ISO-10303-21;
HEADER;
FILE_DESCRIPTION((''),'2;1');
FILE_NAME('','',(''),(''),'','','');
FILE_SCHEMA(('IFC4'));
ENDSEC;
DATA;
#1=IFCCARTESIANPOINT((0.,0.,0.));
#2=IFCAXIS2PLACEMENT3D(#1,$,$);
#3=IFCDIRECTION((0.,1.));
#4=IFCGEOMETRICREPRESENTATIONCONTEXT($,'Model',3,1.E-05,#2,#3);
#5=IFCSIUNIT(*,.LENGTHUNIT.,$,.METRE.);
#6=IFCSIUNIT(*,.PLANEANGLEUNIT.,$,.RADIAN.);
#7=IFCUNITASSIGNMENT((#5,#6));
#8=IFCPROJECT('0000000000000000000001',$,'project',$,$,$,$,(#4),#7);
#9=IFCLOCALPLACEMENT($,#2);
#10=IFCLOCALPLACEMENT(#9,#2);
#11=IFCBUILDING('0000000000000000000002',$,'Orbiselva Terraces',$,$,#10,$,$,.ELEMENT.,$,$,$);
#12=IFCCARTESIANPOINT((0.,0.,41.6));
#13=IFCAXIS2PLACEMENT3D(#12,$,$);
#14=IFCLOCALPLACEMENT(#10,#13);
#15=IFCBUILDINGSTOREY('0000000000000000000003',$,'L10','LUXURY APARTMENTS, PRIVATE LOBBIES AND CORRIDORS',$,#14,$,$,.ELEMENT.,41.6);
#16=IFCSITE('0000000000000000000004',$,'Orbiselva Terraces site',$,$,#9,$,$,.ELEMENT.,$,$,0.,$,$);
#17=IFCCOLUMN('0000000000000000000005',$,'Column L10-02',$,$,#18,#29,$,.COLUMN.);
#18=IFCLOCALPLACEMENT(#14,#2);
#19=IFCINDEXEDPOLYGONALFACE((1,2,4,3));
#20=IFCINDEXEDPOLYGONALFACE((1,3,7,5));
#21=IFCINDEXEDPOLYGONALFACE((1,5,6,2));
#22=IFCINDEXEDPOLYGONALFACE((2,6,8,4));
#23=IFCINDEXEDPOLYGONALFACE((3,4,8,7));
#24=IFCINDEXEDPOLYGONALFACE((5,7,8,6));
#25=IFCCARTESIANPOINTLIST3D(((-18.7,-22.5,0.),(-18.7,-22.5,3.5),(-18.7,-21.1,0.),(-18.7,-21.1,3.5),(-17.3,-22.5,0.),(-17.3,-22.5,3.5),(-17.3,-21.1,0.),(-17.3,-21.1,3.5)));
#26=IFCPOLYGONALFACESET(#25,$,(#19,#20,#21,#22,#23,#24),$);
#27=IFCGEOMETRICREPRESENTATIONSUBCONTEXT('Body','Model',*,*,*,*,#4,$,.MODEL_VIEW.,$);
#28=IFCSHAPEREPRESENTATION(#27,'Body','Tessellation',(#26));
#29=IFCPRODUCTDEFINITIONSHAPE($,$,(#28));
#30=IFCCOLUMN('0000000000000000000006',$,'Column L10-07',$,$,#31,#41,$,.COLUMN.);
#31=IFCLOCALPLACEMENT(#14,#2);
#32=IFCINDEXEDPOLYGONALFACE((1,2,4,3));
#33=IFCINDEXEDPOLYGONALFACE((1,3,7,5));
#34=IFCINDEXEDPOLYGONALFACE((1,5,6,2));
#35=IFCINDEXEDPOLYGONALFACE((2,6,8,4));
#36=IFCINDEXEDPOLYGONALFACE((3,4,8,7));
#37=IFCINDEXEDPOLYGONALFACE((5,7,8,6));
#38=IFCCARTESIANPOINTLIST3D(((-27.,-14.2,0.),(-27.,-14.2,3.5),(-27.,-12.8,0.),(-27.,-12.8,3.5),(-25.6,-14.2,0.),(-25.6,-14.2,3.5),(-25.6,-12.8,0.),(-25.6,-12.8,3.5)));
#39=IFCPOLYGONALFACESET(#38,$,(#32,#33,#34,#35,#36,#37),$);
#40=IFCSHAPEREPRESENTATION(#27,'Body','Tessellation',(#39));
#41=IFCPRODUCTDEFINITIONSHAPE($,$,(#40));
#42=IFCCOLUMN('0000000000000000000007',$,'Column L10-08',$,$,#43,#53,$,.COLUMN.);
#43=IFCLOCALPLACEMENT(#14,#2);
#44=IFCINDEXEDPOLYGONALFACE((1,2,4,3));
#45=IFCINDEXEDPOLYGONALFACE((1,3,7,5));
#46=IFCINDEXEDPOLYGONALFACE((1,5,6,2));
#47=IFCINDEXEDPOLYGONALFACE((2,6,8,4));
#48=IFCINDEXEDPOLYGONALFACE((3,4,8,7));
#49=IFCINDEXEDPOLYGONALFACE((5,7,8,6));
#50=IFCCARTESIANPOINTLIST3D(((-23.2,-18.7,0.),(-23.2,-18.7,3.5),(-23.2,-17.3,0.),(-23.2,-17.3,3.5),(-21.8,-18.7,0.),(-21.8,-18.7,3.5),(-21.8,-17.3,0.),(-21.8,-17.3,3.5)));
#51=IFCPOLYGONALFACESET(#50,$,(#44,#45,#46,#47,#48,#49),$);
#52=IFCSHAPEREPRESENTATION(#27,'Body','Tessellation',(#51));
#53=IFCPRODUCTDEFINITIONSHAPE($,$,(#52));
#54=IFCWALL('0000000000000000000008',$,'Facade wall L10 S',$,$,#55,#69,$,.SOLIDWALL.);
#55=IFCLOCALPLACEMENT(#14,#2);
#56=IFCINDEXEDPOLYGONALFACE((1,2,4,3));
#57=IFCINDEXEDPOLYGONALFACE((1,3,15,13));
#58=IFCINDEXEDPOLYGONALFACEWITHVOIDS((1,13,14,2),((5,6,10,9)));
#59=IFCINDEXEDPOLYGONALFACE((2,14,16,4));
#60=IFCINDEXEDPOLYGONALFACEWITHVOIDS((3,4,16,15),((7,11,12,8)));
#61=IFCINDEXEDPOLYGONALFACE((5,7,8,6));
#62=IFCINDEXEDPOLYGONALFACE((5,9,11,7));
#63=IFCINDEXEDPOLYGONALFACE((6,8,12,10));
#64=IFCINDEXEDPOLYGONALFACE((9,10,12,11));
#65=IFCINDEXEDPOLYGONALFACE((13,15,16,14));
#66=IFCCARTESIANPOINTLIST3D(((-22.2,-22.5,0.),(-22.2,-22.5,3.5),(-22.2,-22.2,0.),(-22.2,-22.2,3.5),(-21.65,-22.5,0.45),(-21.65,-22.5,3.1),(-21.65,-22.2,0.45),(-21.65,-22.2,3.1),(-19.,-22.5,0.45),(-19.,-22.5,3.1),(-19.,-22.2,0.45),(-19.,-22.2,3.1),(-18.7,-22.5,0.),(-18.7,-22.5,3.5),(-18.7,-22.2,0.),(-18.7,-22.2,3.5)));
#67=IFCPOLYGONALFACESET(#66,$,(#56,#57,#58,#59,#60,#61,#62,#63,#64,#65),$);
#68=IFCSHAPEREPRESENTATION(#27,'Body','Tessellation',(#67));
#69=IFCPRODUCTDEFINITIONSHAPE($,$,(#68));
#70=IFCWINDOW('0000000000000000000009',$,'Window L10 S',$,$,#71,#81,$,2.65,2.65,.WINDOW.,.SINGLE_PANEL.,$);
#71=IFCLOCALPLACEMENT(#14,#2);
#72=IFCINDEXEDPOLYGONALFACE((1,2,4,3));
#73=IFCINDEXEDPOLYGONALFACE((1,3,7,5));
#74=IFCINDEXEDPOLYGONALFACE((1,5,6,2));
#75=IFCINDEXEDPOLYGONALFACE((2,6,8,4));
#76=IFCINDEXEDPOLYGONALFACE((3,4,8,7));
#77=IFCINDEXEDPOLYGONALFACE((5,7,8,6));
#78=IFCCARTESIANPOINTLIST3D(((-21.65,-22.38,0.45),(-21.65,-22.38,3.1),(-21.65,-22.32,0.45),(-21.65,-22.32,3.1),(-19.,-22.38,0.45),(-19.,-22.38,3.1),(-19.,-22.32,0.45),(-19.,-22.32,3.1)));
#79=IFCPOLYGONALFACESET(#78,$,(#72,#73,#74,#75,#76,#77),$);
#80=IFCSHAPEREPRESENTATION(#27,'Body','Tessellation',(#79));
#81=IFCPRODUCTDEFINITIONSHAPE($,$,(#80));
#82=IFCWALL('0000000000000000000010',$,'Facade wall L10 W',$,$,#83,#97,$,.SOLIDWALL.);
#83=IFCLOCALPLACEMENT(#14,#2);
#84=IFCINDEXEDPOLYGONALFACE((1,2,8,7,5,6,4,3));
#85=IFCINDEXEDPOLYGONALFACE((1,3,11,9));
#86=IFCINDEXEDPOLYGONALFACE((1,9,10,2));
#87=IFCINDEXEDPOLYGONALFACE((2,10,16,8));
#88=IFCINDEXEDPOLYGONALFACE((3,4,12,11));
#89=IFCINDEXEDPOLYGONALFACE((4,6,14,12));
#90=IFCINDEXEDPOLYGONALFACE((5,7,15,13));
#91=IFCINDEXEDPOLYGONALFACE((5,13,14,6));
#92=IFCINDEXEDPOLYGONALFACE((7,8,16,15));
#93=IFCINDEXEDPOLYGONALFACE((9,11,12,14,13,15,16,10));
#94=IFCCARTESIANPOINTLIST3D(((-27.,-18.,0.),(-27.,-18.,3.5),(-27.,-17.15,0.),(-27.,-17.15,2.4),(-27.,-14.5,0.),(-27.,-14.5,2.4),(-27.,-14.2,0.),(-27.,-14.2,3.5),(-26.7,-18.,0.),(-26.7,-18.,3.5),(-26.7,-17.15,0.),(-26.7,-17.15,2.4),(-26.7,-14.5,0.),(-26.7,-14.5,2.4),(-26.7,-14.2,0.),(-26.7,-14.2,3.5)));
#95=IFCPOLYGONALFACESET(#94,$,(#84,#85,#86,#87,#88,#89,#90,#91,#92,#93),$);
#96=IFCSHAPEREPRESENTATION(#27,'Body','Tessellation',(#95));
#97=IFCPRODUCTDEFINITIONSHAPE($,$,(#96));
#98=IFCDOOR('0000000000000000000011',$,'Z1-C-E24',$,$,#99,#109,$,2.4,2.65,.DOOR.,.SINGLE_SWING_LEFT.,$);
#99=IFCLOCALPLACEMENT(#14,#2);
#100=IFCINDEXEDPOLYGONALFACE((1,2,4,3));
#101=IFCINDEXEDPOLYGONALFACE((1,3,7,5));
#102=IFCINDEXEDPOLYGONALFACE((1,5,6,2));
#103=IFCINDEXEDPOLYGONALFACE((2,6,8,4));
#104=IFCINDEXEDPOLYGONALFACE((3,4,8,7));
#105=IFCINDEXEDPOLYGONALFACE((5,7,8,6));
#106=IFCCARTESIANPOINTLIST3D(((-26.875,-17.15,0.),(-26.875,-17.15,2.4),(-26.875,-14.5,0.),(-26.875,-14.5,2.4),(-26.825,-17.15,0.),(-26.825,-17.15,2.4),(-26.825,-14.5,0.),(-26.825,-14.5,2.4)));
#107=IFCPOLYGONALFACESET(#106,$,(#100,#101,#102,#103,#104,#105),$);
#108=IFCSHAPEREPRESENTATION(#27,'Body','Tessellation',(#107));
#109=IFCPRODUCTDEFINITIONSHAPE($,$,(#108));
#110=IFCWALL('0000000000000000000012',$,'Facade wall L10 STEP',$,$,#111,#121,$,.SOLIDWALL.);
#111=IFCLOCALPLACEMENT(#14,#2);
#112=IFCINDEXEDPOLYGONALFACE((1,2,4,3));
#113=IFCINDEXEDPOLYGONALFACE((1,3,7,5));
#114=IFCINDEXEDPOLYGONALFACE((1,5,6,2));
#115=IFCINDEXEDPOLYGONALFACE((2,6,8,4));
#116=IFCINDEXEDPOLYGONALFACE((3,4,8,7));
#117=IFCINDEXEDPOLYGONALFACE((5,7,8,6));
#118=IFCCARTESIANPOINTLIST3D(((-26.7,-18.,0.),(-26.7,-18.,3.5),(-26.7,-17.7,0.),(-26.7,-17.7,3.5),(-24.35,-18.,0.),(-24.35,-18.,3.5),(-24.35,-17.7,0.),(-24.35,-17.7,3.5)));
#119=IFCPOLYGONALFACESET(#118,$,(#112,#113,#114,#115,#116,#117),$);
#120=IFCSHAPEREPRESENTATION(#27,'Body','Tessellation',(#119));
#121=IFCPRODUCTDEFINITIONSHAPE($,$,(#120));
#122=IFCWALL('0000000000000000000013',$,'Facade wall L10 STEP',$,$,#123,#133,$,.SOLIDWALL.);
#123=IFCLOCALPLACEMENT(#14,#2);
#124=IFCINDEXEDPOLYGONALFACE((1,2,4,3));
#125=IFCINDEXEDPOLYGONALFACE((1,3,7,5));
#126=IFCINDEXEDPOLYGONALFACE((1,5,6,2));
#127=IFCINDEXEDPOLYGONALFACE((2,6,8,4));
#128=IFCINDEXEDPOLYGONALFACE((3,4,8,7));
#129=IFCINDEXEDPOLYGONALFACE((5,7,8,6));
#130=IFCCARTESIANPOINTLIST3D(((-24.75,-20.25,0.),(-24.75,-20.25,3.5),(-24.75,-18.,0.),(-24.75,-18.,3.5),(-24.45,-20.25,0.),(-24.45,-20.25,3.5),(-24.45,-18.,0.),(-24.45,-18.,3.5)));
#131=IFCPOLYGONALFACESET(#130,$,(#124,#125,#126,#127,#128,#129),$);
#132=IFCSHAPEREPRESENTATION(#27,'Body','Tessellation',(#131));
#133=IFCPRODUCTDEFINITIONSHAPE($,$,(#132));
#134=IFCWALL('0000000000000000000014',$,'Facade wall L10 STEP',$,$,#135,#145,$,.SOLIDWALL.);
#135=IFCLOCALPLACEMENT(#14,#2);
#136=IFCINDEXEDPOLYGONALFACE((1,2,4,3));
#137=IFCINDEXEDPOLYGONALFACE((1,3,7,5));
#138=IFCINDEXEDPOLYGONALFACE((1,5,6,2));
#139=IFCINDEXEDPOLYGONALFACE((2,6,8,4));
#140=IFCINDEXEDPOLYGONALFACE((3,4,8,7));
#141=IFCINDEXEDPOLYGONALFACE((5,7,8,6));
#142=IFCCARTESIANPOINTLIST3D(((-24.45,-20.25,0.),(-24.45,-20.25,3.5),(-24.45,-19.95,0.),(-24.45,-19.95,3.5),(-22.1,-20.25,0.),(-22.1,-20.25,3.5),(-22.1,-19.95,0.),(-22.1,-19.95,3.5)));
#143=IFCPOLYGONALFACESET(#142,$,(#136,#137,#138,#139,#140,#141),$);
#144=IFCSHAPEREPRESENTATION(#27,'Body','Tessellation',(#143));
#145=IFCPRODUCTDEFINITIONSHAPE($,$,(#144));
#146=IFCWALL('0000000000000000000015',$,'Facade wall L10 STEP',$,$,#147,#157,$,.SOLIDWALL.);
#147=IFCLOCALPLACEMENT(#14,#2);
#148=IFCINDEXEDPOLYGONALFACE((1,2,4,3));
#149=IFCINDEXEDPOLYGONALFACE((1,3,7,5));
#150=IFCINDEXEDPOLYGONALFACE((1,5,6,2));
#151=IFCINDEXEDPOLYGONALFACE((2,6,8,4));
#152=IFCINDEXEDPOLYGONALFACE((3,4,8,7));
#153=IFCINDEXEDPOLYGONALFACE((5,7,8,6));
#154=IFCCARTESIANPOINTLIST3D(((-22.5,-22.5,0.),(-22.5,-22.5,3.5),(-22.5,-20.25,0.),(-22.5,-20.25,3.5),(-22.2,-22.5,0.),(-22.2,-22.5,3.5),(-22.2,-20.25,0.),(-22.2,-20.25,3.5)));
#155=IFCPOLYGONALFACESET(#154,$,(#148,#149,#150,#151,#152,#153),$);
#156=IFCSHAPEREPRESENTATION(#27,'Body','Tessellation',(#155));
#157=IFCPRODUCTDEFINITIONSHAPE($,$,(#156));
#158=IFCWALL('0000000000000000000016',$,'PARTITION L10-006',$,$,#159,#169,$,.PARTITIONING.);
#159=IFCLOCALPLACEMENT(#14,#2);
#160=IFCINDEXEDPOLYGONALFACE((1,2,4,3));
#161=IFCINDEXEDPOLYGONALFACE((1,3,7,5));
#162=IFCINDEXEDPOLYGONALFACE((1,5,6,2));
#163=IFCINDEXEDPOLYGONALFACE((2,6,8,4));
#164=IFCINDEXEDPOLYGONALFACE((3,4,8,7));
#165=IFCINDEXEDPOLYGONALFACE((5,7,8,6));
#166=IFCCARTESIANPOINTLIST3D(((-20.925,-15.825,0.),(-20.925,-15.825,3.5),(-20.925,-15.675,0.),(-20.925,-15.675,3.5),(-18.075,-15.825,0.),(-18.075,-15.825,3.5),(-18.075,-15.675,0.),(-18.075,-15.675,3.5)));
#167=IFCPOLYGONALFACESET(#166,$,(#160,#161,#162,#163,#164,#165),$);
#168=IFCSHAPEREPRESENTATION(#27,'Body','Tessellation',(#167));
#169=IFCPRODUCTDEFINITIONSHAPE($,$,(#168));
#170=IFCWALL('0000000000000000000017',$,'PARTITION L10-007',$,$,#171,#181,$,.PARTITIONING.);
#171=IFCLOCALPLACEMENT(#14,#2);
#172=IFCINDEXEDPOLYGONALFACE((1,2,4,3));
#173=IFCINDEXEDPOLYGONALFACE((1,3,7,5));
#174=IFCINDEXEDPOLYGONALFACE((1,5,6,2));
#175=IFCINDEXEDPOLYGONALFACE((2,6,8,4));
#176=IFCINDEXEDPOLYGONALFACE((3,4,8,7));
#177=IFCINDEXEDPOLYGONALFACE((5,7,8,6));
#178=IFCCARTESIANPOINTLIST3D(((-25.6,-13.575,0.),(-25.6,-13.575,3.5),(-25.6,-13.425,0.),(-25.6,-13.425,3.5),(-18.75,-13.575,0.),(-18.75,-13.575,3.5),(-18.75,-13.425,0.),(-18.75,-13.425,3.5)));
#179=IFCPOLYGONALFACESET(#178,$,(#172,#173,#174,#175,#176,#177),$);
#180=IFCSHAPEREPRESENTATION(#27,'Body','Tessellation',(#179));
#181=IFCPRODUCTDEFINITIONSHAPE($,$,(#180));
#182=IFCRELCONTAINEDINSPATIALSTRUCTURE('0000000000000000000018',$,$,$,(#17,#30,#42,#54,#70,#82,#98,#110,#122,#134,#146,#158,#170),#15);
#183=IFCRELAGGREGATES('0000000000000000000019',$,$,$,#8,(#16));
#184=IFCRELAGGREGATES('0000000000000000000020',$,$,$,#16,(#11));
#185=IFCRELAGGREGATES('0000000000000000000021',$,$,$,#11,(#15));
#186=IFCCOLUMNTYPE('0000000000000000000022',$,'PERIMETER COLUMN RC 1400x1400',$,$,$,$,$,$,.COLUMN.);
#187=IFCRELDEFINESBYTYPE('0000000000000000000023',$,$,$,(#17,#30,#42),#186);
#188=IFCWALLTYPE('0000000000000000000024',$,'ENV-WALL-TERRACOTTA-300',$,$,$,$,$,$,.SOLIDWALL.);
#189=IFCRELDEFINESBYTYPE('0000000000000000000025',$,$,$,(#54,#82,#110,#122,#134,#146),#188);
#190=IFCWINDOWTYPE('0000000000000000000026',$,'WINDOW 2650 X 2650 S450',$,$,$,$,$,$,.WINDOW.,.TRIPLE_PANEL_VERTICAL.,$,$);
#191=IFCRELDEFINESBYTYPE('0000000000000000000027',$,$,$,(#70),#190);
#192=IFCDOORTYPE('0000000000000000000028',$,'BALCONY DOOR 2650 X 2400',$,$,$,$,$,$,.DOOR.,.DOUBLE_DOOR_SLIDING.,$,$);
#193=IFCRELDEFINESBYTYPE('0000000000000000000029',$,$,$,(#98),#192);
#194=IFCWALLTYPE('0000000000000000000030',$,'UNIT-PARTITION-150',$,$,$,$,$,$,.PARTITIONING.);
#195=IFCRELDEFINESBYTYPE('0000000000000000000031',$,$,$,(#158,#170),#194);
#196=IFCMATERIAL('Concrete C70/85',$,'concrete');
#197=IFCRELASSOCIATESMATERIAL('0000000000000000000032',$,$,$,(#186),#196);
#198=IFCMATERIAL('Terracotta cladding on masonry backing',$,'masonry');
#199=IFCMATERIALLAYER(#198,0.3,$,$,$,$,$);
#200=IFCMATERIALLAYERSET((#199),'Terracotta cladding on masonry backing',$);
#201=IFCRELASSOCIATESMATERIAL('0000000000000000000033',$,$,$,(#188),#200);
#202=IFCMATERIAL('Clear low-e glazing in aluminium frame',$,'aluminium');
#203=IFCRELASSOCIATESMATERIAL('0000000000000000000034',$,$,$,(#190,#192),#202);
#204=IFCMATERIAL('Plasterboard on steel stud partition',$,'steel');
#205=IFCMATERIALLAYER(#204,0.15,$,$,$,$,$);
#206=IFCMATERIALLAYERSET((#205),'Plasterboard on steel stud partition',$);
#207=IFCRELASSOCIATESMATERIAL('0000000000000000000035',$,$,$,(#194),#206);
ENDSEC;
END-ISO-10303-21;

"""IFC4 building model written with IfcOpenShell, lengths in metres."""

from ifc_helpers import new_model, si_unit, direction, frame, frame_2d, origin, origin_2d, place, context, subcontext, project, spatial, rectangle, extrude, material, layer, layer_set, material_profile, profile_set, type_object, element, fill, save


model = new_model("IFC4")

# Units and contexts
model_context = context("Model", 3, precision=1e-05, world=origin(), true_north=direction((0.0, 1.0)))
body_context = subcontext(model_context, "Body", "Model", "MODEL_VIEW")
ifc_project = project(units=[si_unit("LENGTHUNIT", "METRE"), si_unit("PLANEANGLEUNIT", "RADIAN")], contexts=[model_context])

# Site, building, storey
site_placement = place(None, origin())
site = spatial("IfcSite", under=ifc_project, at=site_placement, Name="Orbiselva Terraces site", CompositionType="ELEMENT", RefElevation=0.0)
building_placement = place(site_placement, origin())
building = spatial("IfcBuilding", under=site, at=building_placement, Name="Orbiselva Terraces", CompositionType="ELEMENT")
storey_placement = place(building_placement, frame((0.0, 0.0, 41.6)))
storey = spatial("IfcBuildingStorey", under=building, at=storey_placement, Name="L10", Description="LUXURY APARTMENTS, PRIVATE LOBBIES AND CORRIDORS", CompositionType="ELEMENT", Elevation=41.6)

# Columns
ifc_material_1 = material(Name="Concrete C70/85", Category="concrete")
ifc_material_profile = material_profile(ifc_material_1, rectangle(XDim=1.4, YDim=1.4, at=origin_2d()), Name="RC 1400x1400")
ifc_profile_set = profile_set([ifc_material_profile], Name="Concrete C70/85")
column_type = type_object("IfcColumnType", Name="PERIMETER COLUMN RC 1400x1400", PredefinedType="COLUMN", material=ifc_profile_set)
for number, where, z_axis, x_axis, name in (
    (1, (-18.0, -21.8, 0.0), (0.0, 0.0, 1.0), (1.0, 0.0, 0.0), "Column L10-02"),
    (2, (-26.3, -13.5, 0.0), (0.0, 0.0, 1.0), (1.0, 0.0, 0.0), "Column L10-07"),
    (3, (-22.5, -18.0, 0.0), (0.0, 0.0, 1.0), (1.0, 0.0, 0.0), "Column L10-08"),
):
    element("IfcColumn", number, at=place(storey_placement, frame(where, z_axis=z_axis, x_axis=x_axis)), inside=storey, type_object=column_type, Name=name, PredefinedType="COLUMN", context=body_context, shape_type="SweptSolid", body=[
        extrude(rectangle(XDim=1.4, YDim=1.4, at=origin_2d()), origin(), (0.0, 0.0, 1.0), 3.5),
    ])

# Wall, opening, window
ifc_material_2 = material(Name="Terracotta cladding on masonry backing", Category="masonry")
ifc_layer_1 = layer(ifc_material_2, 0.3)
ifc_layer_set_1 = layer_set([ifc_layer_1], Name="Terracotta cladding on masonry backing")
wall_type_1 = type_object("IfcWallType", Name="ENV-WALL-TERRACOTTA-300", PredefinedType="SOLIDWALL", material=ifc_layer_set_1)
wall_1_placement = place(storey_placement, frame((-18.7, -22.35, 0.0), z_axis=(0.0, 0.0, 1.0), x_axis=(-1.0, 0.0, 0.0)))
wall_1 = element("IfcWall", 4, at=wall_1_placement, inside=storey, type_object=wall_type_1, Name="Facade wall L10 S", PredefinedType="SOLIDWALL", context=body_context, shape_type="SweptSolid", body=[
    extrude(rectangle(XDim=3.5, YDim=0.3, at=frame_2d((1.75, 0.0))), origin(), (0.0, 0.0, 1.0), 3.5),
])
opening_1_placement = place(wall_1_placement, frame((0.3, 0.0, 0.45)))
opening_1 = element("IfcOpeningElement", 5, at=opening_1_placement, cuts=wall_1, PredefinedType="OPENING", context=body_context, shape_type="SweptSolid", body=[
    extrude(rectangle(XDim=2.65, YDim=2.65, at=frame_2d((1.325, 1.325))), frame((0.0, 0.16, 0.0), z_axis=(0.0, -1.0, 0.0), x_axis=(1.0, 0.0, 0.0)), (0.0, 0.0, 1.0), 0.32),
])
ifc_material_3 = material(Name="Clear low-e glazing in aluminium frame", Category="aluminium")
window_type = type_object("IfcWindowType", Name="WINDOW 2650 X 2650 S450", PartitioningType="TRIPLE_PANEL_VERTICAL", PredefinedType="WINDOW", material=ifc_material_3)
window_placement = place(opening_1_placement, origin())
window = element("IfcWindow", 6, at=window_placement, inside=storey, type_object=window_type, Name="Window L10 S", OverallHeight=2.65, OverallWidth=2.65, PartitioningType="SINGLE_PANEL", PredefinedType="WINDOW", context=body_context, shape_type="SweptSolid", body=[
    extrude(rectangle(XDim=2.65, YDim=2.65, at=frame_2d((1.325, 1.325))), frame((0.0, 0.03, 0.0), z_axis=(0.0, -1.0, 0.0), x_axis=(1.0, 0.0, 0.0)), (0.0, 0.0, 1.0), 0.06),
])
fill(opening_1, window)

# Wall, opening, door
wall_2_placement = place(storey_placement, frame((-26.85, -18.0, 0.0), z_axis=(0.0, 0.0, 1.0), x_axis=(0.0, 1.0, 0.0)))
wall_2 = element("IfcWall", 7, at=wall_2_placement, inside=storey, type_object=wall_type_1, Name="Facade wall L10 W", PredefinedType="SOLIDWALL", context=body_context, shape_type="SweptSolid", body=[
    extrude(rectangle(XDim=3.8, YDim=0.3, at=frame_2d((1.9, 0.0))), origin(), (0.0, 0.0, 1.0), 3.5),
])
opening_2_placement = place(wall_2_placement, frame((0.85, 0.0, 0.0)))
opening_2 = element("IfcOpeningElement", 8, at=opening_2_placement, cuts=wall_2, PredefinedType="OPENING", context=body_context, shape_type="SweptSolid", body=[
    extrude(rectangle(XDim=2.65, YDim=2.4, at=frame_2d((1.325, 1.2))), frame((0.0, 0.16, 0.0), z_axis=(0.0, -1.0, 0.0), x_axis=(1.0, 0.0, 0.0)), (0.0, 0.0, 1.0), 0.32),
])
door_type_1 = type_object("IfcDoorType", Name="BALCONY DOOR 2650 X 2400", OperationType="DOUBLE_DOOR_SLIDING", PredefinedType="DOOR", material=ifc_material_3)
door_1_placement = place(opening_2_placement, origin())
door_1 = element("IfcDoor", 9, at=door_1_placement, inside=storey, type_object=door_type_1, Name="Z1-C-E24", OperationType="SINGLE_SWING_LEFT", OverallHeight=2.4, OverallWidth=2.65, PredefinedType="DOOR", context=body_context, shape_type="SweptSolid", body=[
    extrude(rectangle(XDim=2.65, YDim=2.4, at=frame_2d((1.325, 1.2))), frame((0.0, 0.025, 0.0), z_axis=(0.0, -1.0, 0.0), x_axis=(1.0, 0.0, 0.0)), (0.0, 0.0, 1.0), 0.05),
])
fill(opening_2, door_1)

# Walls
wall_3_placement = place(storey_placement, frame((-24.35, -17.85, 0.0), z_axis=(0.0, 0.0, 1.0), x_axis=(-1.0, 0.0, 0.0)))
element("IfcWall", 10, at=wall_3_placement, inside=storey, type_object=wall_type_1, Name="Facade wall L10 STEP", PredefinedType="SOLIDWALL", context=body_context, shape_type="SweptSolid", body=[
    extrude(rectangle(XDim=2.35, YDim=0.3, at=frame_2d((1.175, 0.0))), origin(), (0.0, 0.0, 1.0), 3.5),
])
wall_4_placement = place(storey_placement, frame((-24.6, -20.25, 0.0), z_axis=(0.0, 0.0, 1.0), x_axis=(0.0, 1.0, 0.0)))
element("IfcWall", 11, at=wall_4_placement, inside=storey, type_object=wall_type_1, Name="Facade wall L10 STEP", PredefinedType="SOLIDWALL", context=body_context, shape_type="SweptSolid", body=[
    extrude(rectangle(XDim=2.25, YDim=0.3, at=frame_2d((1.125, 0.0))), origin(), (0.0, 0.0, 1.0), 3.5),
])
wall_5_placement = place(storey_placement, frame((-22.1, -20.1, 0.0), z_axis=(0.0, 0.0, 1.0), x_axis=(-1.0, 0.0, 0.0)))
element("IfcWall", 12, at=wall_5_placement, inside=storey, type_object=wall_type_1, Name="Facade wall L10 STEP", PredefinedType="SOLIDWALL", context=body_context, shape_type="SweptSolid", body=[
    extrude(rectangle(XDim=2.35, YDim=0.3, at=frame_2d((1.175, 0.0))), origin(), (0.0, 0.0, 1.0), 3.5),
])
wall_6_placement = place(storey_placement, frame((-22.35, -22.5, 0.0), z_axis=(0.0, 0.0, 1.0), x_axis=(0.0, 1.0, 0.0)))
element("IfcWall", 13, at=wall_6_placement, inside=storey, type_object=wall_type_1, Name="Facade wall L10 STEP", PredefinedType="SOLIDWALL", context=body_context, shape_type="SweptSolid", body=[
    extrude(rectangle(XDim=2.25, YDim=0.3, at=frame_2d((1.125, 0.0))), origin(), (0.0, 0.0, 1.0), 3.5),
])
ifc_material_4 = material(Name="Plasterboard on steel stud partition", Category="steel")
ifc_layer_2 = layer(ifc_material_4, 0.15)
ifc_layer_set_2 = layer_set([ifc_layer_2], Name="Plasterboard on steel stud partition")
wall_type_2 = type_object("IfcWallType", Name="UNIT-PARTITION-150", PredefinedType="PARTITIONING", material=ifc_layer_set_2)
wall_7_placement = place(storey_placement, frame((-20.925, -15.75, 0.0), z_axis=(0.0, 0.0, 1.0), x_axis=(1.0, 0.0, 0.0)))
element("IfcWall", 14, at=wall_7_placement, inside=storey, type_object=wall_type_2, Name="PARTITION L10-006", PredefinedType="PARTITIONING", context=body_context, shape_type="SweptSolid", body=[
    extrude(rectangle(XDim=2.85, YDim=0.15, at=frame_2d((1.425, 0.0))), origin(), (0.0, 0.0, 1.0), 3.5),
])
wall_8_placement = place(storey_placement, frame((-25.6, -13.5, 0.0), z_axis=(0.0, 0.0, 1.0), x_axis=(1.0, 0.0, 0.0)))
element("IfcWall", 15, at=wall_8_placement, inside=storey, type_object=wall_type_2, Name="PARTITION L10-007", PredefinedType="PARTITIONING", context=body_context, shape_type="SweptSolid", body=[
    extrude(rectangle(XDim=6.85, YDim=0.15, at=frame_2d((3.425, 0.0))), origin(), (0.0, 0.0, 1.0), 3.5),
])

save(model, "model.ifc")
